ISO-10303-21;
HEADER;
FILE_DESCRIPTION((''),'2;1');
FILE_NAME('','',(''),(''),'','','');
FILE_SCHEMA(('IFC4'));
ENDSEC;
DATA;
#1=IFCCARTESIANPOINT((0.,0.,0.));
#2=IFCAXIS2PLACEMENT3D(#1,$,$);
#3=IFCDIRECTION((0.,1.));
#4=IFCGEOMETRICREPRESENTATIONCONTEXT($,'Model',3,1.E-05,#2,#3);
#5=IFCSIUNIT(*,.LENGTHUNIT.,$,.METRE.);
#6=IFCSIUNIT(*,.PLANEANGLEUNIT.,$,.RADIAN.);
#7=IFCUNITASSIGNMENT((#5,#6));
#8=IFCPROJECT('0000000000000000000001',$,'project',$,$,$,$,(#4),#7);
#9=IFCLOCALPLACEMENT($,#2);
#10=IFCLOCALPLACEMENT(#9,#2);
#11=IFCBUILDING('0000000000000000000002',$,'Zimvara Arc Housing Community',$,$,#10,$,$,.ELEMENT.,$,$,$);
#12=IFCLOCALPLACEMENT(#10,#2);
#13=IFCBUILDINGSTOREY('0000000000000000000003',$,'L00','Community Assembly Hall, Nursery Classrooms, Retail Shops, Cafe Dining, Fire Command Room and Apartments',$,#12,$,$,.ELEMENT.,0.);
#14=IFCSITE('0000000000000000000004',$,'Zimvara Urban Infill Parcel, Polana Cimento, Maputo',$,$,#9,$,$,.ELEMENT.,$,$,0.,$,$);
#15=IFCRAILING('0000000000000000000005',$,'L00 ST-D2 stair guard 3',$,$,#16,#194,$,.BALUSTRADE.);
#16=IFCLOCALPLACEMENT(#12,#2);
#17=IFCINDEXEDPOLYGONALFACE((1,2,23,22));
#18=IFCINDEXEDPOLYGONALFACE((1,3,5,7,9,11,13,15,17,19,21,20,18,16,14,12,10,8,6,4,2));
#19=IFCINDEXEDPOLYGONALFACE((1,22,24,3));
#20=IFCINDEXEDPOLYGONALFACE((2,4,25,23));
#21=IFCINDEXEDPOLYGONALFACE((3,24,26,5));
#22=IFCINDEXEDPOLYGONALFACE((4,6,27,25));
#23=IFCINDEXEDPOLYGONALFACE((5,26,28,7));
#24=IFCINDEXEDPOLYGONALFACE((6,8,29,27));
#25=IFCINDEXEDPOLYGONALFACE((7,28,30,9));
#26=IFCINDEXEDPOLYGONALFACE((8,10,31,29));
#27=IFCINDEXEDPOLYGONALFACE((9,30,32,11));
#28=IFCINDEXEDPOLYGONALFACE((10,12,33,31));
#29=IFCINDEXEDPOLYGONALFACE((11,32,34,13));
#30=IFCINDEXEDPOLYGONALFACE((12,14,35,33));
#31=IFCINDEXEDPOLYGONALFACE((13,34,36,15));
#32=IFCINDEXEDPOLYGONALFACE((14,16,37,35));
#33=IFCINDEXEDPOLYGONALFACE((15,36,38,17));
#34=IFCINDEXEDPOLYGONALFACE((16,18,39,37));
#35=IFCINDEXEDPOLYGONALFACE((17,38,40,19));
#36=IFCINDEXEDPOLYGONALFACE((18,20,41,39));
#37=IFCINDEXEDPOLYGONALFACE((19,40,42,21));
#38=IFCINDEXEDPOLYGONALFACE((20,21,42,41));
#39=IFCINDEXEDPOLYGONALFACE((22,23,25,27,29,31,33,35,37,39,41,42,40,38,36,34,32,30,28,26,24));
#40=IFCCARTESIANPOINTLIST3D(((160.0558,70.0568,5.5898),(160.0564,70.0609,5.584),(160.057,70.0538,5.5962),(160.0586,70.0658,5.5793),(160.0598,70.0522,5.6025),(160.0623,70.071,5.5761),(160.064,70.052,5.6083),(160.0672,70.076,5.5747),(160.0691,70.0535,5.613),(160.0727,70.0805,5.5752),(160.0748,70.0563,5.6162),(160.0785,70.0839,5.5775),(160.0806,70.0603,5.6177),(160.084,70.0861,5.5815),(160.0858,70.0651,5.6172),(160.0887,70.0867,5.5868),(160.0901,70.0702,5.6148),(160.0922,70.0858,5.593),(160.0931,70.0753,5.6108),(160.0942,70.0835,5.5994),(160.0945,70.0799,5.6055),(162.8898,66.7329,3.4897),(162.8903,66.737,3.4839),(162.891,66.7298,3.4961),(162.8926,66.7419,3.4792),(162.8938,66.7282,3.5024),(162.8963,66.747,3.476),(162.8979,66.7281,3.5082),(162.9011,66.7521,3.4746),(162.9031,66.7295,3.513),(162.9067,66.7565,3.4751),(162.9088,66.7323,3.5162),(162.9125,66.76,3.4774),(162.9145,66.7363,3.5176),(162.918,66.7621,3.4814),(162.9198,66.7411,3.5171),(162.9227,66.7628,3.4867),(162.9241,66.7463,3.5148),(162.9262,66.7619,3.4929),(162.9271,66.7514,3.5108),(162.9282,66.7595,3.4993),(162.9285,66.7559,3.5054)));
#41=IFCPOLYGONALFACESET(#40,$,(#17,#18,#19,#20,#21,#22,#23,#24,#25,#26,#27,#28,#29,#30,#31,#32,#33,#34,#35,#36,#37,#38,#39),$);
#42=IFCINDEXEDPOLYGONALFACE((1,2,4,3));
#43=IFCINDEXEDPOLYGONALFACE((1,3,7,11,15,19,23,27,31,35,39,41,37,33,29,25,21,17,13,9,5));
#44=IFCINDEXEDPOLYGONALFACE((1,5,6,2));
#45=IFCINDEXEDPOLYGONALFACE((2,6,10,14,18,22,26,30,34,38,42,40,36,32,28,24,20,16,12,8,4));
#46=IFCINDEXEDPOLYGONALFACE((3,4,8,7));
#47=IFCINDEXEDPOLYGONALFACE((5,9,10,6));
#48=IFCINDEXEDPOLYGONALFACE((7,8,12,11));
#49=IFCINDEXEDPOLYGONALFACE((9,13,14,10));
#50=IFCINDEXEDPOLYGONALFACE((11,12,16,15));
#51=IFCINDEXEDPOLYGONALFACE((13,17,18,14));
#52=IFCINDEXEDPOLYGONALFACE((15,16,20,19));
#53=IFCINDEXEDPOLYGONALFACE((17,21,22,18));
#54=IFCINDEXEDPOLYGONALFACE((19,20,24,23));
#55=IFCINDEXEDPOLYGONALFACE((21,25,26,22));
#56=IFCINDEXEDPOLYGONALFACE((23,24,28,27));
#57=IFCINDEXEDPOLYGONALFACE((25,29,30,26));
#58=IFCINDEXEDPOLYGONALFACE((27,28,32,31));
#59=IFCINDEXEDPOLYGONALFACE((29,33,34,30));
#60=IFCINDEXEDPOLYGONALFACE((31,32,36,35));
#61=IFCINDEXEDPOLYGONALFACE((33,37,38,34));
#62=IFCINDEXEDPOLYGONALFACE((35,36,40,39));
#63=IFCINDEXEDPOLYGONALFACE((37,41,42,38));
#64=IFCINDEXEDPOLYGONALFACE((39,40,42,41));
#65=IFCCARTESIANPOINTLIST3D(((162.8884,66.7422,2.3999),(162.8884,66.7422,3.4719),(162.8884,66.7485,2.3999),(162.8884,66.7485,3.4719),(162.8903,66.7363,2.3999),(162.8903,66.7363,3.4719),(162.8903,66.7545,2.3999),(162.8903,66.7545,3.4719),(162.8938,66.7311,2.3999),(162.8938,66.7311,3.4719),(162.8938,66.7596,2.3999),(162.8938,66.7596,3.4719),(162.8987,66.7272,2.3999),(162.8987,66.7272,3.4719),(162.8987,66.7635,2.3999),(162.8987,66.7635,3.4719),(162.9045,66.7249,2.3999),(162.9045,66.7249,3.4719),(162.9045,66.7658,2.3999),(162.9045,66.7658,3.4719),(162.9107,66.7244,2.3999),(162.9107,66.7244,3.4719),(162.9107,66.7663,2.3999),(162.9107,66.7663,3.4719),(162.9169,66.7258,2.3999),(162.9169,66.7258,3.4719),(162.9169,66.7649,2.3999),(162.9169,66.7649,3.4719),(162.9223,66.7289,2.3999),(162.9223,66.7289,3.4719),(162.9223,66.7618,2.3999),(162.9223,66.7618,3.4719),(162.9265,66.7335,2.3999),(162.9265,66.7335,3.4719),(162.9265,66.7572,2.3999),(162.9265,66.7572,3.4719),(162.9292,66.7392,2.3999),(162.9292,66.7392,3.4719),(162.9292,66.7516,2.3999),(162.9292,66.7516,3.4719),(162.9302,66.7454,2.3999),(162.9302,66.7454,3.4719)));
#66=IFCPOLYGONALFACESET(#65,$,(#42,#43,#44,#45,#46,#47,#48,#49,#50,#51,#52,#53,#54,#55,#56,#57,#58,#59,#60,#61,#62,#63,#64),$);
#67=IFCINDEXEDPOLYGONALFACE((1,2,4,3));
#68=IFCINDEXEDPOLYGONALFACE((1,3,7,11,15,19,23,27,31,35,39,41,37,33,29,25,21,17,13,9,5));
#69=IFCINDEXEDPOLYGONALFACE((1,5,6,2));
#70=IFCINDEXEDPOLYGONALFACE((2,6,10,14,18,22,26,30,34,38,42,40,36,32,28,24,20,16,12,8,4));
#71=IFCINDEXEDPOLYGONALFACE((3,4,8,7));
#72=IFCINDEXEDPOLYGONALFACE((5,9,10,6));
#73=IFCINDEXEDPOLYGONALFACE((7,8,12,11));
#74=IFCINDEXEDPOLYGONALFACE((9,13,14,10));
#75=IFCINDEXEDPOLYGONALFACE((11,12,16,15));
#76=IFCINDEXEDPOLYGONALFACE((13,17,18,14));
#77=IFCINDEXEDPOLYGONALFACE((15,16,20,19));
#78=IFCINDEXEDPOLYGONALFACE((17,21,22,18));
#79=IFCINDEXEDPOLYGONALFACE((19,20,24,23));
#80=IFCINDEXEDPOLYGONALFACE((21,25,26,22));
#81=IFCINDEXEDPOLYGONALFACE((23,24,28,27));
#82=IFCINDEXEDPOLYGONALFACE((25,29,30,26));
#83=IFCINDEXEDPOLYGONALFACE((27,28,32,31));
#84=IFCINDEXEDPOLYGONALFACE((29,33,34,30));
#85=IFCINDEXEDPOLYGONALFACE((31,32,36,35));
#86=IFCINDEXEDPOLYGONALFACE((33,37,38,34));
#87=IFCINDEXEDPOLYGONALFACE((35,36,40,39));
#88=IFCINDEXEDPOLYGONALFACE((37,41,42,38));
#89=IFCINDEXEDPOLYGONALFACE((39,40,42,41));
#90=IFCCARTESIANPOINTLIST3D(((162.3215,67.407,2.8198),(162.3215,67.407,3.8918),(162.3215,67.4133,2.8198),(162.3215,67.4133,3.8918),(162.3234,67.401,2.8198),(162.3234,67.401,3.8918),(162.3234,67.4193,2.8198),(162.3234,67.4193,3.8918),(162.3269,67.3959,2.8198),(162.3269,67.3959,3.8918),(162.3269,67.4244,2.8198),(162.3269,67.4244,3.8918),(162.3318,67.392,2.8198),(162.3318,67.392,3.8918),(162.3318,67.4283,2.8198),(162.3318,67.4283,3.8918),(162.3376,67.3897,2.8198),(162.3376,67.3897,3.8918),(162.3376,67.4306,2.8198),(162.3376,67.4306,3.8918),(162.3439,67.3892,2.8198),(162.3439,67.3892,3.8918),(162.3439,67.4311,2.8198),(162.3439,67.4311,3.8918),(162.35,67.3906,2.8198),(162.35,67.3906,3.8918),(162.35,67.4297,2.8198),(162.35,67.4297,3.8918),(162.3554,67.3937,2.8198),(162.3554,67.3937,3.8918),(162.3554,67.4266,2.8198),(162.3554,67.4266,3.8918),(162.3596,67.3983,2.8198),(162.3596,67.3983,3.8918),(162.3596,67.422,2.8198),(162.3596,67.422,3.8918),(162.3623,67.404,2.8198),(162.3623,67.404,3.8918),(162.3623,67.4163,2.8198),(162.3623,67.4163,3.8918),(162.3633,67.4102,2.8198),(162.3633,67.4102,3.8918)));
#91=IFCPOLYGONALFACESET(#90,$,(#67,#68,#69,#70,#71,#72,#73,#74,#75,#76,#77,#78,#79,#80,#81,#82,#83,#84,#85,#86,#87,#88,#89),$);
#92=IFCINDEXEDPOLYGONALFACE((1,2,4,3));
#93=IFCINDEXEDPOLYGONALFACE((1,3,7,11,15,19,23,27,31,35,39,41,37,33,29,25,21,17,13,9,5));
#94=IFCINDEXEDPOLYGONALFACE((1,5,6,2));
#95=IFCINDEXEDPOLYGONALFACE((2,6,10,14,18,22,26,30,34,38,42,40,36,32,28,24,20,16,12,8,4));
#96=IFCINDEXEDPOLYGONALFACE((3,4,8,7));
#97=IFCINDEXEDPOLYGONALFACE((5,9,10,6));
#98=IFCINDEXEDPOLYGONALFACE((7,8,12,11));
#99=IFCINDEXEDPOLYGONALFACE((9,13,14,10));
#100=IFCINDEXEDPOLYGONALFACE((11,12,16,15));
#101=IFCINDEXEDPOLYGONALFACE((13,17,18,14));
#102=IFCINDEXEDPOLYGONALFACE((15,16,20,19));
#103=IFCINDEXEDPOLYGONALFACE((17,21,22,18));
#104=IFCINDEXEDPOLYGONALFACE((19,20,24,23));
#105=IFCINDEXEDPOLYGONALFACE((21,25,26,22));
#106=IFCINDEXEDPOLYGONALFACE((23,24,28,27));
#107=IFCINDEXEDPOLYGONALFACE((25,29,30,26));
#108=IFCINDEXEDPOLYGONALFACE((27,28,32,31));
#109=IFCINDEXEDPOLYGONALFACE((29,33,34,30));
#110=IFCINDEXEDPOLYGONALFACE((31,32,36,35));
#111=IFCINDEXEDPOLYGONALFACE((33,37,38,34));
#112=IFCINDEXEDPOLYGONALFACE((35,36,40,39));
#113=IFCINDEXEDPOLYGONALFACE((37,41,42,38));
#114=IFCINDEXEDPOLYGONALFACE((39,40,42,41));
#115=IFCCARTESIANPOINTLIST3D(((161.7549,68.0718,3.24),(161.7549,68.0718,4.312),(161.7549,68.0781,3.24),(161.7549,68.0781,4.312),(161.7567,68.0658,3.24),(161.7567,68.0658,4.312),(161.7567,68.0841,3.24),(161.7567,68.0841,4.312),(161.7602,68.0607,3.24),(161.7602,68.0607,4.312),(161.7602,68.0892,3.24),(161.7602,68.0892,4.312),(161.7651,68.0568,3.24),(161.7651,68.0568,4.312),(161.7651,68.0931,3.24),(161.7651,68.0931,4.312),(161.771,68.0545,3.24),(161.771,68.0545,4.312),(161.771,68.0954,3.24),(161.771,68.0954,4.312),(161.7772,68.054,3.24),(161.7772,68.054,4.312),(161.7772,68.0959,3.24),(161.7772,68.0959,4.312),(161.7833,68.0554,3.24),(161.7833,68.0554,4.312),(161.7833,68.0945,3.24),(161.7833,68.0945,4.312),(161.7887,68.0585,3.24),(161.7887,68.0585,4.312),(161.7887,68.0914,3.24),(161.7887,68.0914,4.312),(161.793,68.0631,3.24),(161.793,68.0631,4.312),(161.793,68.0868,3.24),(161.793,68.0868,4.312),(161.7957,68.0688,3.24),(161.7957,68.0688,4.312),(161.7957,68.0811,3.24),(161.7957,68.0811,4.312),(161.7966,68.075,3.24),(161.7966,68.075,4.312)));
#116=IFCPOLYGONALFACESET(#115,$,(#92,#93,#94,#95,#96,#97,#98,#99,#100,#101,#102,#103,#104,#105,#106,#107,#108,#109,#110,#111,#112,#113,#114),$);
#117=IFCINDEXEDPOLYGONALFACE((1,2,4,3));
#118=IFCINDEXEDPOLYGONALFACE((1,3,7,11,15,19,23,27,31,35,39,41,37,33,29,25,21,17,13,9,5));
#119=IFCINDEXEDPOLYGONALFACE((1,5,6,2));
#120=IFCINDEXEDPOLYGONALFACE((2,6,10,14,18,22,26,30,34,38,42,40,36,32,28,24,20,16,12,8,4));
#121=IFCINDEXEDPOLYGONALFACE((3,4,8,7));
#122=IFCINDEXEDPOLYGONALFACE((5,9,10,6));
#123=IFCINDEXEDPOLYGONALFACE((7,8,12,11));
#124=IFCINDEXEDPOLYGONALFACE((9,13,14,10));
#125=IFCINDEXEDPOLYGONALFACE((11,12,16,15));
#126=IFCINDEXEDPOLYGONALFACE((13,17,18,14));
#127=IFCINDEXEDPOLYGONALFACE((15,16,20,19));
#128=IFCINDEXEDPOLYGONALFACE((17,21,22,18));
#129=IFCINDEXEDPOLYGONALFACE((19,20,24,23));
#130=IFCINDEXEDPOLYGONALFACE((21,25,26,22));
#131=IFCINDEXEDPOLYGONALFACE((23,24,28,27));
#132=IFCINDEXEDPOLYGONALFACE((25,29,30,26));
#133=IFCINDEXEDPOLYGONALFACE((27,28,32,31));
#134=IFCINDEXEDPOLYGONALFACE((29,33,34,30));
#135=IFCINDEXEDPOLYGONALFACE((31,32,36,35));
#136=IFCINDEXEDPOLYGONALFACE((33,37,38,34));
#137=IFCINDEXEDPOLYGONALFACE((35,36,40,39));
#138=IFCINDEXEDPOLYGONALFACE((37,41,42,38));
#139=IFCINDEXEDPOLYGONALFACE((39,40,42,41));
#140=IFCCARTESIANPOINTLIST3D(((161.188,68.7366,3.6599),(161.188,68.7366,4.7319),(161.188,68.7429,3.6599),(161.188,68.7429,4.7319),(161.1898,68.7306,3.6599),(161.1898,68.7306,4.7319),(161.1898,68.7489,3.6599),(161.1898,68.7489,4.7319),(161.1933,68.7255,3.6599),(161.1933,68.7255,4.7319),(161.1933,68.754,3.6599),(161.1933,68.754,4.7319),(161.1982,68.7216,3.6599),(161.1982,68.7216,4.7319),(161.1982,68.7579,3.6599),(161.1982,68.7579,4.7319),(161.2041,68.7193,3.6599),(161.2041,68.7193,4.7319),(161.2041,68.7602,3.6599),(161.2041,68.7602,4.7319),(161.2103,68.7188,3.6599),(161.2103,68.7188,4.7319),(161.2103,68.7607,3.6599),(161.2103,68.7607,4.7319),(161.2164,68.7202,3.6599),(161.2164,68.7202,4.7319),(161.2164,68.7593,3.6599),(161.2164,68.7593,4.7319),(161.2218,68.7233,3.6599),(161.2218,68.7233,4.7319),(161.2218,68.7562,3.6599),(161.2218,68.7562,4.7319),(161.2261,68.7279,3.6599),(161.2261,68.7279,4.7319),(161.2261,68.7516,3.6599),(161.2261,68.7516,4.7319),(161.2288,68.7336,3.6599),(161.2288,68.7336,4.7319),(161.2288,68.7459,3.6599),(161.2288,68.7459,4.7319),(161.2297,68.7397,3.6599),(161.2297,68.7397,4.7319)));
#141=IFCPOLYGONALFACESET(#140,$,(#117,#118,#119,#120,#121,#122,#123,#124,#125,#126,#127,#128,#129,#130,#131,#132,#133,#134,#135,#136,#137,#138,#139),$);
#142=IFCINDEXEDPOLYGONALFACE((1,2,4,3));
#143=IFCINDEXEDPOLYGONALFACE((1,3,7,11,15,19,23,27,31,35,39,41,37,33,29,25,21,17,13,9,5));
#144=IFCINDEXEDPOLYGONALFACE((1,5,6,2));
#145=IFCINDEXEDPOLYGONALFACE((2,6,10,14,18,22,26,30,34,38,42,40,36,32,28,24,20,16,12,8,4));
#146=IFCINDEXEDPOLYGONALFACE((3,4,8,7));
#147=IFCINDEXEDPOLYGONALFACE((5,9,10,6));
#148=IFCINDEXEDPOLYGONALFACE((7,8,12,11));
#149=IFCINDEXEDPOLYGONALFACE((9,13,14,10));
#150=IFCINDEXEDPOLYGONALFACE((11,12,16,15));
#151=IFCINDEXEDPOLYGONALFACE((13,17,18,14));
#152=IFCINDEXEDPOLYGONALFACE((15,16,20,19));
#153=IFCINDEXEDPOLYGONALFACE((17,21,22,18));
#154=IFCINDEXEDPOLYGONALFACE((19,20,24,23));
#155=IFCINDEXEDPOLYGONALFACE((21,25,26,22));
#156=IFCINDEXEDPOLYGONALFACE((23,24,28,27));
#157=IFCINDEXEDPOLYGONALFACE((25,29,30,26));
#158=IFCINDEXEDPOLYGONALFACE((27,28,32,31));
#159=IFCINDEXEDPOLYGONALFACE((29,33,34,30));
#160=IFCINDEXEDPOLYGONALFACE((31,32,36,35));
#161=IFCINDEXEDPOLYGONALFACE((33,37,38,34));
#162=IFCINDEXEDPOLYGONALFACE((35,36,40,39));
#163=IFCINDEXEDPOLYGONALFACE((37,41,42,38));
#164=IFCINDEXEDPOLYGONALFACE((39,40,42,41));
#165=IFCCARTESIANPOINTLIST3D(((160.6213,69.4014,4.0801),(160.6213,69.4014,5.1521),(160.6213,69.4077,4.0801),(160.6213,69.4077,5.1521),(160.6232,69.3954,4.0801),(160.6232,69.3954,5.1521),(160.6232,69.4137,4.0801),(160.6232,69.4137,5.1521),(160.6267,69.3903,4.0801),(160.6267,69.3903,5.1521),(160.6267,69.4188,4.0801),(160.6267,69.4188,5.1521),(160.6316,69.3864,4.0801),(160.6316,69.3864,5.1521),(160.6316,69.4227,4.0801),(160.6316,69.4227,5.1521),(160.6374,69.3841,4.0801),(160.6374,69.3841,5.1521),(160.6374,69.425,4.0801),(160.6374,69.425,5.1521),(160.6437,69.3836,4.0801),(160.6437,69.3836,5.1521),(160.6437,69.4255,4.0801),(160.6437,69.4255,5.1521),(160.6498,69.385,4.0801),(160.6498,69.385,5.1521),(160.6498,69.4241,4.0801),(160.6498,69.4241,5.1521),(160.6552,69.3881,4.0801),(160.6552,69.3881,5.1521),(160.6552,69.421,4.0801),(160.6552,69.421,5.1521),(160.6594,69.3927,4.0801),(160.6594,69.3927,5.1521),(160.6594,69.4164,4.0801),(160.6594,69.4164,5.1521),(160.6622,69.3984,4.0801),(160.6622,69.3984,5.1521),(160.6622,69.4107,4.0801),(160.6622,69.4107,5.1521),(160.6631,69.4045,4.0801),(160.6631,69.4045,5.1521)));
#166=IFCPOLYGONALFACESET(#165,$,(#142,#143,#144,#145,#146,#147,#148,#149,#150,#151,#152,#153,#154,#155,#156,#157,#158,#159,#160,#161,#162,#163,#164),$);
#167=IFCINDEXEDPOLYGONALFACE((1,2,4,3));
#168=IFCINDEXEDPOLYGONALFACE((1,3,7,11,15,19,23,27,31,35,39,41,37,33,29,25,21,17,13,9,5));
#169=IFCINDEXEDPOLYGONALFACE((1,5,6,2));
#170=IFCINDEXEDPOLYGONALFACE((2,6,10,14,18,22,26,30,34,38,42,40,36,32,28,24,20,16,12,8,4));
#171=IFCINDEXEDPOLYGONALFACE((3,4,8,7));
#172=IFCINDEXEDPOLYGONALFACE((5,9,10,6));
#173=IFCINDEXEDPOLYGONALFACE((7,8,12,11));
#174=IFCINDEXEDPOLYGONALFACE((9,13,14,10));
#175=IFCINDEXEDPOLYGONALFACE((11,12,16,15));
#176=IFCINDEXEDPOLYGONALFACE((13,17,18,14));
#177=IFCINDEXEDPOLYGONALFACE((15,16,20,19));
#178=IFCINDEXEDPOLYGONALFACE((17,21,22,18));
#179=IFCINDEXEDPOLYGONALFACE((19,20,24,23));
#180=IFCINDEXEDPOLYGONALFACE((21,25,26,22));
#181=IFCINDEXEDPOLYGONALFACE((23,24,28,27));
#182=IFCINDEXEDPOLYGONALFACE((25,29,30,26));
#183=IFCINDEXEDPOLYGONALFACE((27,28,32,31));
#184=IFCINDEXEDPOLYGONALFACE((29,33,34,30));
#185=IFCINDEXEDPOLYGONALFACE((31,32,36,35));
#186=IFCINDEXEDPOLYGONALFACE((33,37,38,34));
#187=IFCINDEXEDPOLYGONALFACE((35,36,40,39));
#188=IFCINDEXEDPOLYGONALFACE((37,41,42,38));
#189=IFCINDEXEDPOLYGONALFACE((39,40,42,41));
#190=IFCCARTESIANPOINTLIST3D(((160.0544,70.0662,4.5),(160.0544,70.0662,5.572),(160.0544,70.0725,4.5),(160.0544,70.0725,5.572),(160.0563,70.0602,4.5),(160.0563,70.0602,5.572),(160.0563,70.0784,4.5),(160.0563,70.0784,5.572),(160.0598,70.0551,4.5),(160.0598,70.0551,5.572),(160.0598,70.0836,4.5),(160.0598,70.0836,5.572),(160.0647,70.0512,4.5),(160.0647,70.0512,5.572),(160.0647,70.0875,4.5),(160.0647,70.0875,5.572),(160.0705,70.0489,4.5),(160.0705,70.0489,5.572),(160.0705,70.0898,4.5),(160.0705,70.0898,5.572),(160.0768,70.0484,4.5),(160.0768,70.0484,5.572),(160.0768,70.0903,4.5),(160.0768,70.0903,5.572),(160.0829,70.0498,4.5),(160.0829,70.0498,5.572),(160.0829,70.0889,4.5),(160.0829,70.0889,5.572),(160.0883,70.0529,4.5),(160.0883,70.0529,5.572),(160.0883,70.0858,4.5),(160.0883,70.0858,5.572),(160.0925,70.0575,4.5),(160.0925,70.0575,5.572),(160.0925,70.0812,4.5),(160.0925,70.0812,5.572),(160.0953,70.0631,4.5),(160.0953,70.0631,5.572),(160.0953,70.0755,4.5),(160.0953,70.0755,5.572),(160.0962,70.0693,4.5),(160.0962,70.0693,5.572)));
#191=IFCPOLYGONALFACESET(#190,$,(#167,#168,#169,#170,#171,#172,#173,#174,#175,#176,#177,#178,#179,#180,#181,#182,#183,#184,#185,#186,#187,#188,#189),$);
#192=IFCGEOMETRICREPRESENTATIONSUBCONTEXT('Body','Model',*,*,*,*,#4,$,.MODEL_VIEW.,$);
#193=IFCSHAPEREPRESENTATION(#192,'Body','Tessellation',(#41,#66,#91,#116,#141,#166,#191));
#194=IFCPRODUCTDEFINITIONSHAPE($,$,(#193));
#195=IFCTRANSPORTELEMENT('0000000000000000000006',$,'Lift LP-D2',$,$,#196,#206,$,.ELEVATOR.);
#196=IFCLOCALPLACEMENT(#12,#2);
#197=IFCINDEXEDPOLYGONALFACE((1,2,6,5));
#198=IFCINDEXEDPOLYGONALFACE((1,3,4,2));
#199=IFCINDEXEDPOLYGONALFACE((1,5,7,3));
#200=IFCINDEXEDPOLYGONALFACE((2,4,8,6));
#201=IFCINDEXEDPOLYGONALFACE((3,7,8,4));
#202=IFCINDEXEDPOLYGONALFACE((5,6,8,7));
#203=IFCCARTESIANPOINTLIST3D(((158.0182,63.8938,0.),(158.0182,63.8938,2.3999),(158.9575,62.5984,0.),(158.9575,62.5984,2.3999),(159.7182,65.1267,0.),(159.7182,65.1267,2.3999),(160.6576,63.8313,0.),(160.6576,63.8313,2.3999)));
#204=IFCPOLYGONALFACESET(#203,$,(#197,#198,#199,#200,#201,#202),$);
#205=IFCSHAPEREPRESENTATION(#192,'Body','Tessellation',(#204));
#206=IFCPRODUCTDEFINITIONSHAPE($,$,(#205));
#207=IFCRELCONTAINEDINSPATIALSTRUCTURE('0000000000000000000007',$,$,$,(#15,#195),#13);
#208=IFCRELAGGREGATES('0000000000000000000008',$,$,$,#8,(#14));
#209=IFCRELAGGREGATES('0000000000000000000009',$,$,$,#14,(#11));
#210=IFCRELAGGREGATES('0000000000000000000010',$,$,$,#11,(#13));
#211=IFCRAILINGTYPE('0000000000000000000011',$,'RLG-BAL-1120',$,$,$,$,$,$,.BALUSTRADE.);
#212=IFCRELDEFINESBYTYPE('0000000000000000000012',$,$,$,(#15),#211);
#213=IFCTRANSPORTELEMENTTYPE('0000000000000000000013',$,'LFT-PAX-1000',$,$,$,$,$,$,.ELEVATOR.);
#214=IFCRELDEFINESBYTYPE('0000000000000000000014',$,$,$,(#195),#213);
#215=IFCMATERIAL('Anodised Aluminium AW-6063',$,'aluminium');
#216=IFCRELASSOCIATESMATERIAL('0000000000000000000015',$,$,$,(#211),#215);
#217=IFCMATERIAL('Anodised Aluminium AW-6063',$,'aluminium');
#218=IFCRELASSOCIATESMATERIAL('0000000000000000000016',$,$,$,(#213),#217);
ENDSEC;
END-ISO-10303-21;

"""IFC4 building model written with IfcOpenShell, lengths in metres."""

from ifc_helpers import new_model, si_unit, direction, frame, origin, origin_2d, place, context, subcontext, project, spatial, rectangle, circle, extrude, material, type_object, element, save


model = new_model("IFC4")

# Units and contexts
model_context = context("Model", 3, precision=1e-05, world=origin(), true_north=direction((0.0, 1.0)))
body_context = subcontext(model_context, "Body", "Model", "MODEL_VIEW")
ifc_project = project(units=[si_unit("LENGTHUNIT", "METRE"), si_unit("PLANEANGLEUNIT", "RADIAN")], contexts=[model_context])

# Site, building, storey
site_placement = place(None, origin())
site = spatial("IfcSite", under=ifc_project, at=site_placement, Name="Zimvara Urban Infill Parcel, Polana Cimento, Maputo", CompositionType="ELEMENT", RefElevation=0.0)
building_placement = place(site_placement, origin())
building = spatial("IfcBuilding", under=site, at=building_placement, Name="Zimvara Arc Housing Community", CompositionType="ELEMENT")
storey_placement = place(building_placement, origin())
storey = spatial("IfcBuildingStorey", under=building, at=storey_placement, Name="L00", Description="Community Assembly Hall, Nursery Classrooms, Retail Shops, Cafe Dining, Fire Command Room and Apartments", CompositionType="ELEMENT", Elevation=0.0)

# Railing
ifc_material_1 = material(Name="Anodised Aluminium AW-6063", Category="aluminium")
railing_type_1 = type_object("IfcRailingType", Name="RLG-BAL-1120", PredefinedType="BALUSTRADE", material=ifc_material_1)
railing_1_placement = place(storey_placement, frame((162.9092, 66.7454, 2.3999)))
element("IfcRailing", 1, at=railing_1_placement, inside=storey, type_object=railing_type_1, Name="L00 ST-D2 stair guard 3", PredefinedType="BALUSTRADE", context=body_context, shape_type="SweptSolid", body=[
    extrude(circle(Radius=0.0239, at=origin_2d()), frame((0.0, 0.0, 1.0962), z_axis=(-0.584722, 0.68582, 0.433303), x_axis=(-0.760966, -0.648791, 0.0)), (0.0, 0.0, 1.0), 4.8467),
    extrude(circle(Radius=0.021, at=origin_2d()), origin(), (0.0, 0.0, 1.0), 1.072),
    extrude(circle(Radius=0.021, at=origin_2d()), frame((-0.5669, 0.6648, 0.4199)), (0.0, 0.0, 1.0), 1.072),
    extrude(circle(Radius=0.021, at=origin_2d()), frame((-1.1335, 1.3296, 0.8401)), (0.0, 0.0, 1.0), 1.072),
    extrude(circle(Radius=0.021, at=origin_2d()), frame((-1.7004, 1.9944, 1.26)), (0.0, 0.0, 1.0), 1.072),
    extrude(circle(Radius=0.021, at=origin_2d()), frame((-2.2671, 2.6592, 1.6802)), (0.0, 0.0, 1.0), 1.072),
    extrude(circle(Radius=0.021, at=origin_2d()), frame((-2.834, 3.324, 2.1001)), (0.0, 0.0, 1.0), 1.072),
])

# Transport element
ifc_material_2 = material(Name="Anodised Aluminium AW-6063", Category="aluminium")
transport_element_type = type_object("IfcTransportElementType", Name="LFT-PAX-1000", PredefinedType="ELEVATOR", material=ifc_material_2)
transport_element_placement = place(storey_placement, frame((159.3379, 63.8625, 0.0), z_axis=(0.0, 0.0, 1.0), x_axis=(0.587079, -0.80953, 0.0)))
element("IfcTransportElement", 2, at=transport_element_placement, inside=storey, type_object=transport_element_type, Name="Lift LP-D2", PredefinedType="ELEVATOR", context=body_context, shape_type="SweptSolid", body=[
    extrude(rectangle(XDim=1.6001, YDim=2.1001, at=origin_2d()), origin(), (0.0, 0.0, 1.0), 2.3999),
])

save(model, "model.ifc")
